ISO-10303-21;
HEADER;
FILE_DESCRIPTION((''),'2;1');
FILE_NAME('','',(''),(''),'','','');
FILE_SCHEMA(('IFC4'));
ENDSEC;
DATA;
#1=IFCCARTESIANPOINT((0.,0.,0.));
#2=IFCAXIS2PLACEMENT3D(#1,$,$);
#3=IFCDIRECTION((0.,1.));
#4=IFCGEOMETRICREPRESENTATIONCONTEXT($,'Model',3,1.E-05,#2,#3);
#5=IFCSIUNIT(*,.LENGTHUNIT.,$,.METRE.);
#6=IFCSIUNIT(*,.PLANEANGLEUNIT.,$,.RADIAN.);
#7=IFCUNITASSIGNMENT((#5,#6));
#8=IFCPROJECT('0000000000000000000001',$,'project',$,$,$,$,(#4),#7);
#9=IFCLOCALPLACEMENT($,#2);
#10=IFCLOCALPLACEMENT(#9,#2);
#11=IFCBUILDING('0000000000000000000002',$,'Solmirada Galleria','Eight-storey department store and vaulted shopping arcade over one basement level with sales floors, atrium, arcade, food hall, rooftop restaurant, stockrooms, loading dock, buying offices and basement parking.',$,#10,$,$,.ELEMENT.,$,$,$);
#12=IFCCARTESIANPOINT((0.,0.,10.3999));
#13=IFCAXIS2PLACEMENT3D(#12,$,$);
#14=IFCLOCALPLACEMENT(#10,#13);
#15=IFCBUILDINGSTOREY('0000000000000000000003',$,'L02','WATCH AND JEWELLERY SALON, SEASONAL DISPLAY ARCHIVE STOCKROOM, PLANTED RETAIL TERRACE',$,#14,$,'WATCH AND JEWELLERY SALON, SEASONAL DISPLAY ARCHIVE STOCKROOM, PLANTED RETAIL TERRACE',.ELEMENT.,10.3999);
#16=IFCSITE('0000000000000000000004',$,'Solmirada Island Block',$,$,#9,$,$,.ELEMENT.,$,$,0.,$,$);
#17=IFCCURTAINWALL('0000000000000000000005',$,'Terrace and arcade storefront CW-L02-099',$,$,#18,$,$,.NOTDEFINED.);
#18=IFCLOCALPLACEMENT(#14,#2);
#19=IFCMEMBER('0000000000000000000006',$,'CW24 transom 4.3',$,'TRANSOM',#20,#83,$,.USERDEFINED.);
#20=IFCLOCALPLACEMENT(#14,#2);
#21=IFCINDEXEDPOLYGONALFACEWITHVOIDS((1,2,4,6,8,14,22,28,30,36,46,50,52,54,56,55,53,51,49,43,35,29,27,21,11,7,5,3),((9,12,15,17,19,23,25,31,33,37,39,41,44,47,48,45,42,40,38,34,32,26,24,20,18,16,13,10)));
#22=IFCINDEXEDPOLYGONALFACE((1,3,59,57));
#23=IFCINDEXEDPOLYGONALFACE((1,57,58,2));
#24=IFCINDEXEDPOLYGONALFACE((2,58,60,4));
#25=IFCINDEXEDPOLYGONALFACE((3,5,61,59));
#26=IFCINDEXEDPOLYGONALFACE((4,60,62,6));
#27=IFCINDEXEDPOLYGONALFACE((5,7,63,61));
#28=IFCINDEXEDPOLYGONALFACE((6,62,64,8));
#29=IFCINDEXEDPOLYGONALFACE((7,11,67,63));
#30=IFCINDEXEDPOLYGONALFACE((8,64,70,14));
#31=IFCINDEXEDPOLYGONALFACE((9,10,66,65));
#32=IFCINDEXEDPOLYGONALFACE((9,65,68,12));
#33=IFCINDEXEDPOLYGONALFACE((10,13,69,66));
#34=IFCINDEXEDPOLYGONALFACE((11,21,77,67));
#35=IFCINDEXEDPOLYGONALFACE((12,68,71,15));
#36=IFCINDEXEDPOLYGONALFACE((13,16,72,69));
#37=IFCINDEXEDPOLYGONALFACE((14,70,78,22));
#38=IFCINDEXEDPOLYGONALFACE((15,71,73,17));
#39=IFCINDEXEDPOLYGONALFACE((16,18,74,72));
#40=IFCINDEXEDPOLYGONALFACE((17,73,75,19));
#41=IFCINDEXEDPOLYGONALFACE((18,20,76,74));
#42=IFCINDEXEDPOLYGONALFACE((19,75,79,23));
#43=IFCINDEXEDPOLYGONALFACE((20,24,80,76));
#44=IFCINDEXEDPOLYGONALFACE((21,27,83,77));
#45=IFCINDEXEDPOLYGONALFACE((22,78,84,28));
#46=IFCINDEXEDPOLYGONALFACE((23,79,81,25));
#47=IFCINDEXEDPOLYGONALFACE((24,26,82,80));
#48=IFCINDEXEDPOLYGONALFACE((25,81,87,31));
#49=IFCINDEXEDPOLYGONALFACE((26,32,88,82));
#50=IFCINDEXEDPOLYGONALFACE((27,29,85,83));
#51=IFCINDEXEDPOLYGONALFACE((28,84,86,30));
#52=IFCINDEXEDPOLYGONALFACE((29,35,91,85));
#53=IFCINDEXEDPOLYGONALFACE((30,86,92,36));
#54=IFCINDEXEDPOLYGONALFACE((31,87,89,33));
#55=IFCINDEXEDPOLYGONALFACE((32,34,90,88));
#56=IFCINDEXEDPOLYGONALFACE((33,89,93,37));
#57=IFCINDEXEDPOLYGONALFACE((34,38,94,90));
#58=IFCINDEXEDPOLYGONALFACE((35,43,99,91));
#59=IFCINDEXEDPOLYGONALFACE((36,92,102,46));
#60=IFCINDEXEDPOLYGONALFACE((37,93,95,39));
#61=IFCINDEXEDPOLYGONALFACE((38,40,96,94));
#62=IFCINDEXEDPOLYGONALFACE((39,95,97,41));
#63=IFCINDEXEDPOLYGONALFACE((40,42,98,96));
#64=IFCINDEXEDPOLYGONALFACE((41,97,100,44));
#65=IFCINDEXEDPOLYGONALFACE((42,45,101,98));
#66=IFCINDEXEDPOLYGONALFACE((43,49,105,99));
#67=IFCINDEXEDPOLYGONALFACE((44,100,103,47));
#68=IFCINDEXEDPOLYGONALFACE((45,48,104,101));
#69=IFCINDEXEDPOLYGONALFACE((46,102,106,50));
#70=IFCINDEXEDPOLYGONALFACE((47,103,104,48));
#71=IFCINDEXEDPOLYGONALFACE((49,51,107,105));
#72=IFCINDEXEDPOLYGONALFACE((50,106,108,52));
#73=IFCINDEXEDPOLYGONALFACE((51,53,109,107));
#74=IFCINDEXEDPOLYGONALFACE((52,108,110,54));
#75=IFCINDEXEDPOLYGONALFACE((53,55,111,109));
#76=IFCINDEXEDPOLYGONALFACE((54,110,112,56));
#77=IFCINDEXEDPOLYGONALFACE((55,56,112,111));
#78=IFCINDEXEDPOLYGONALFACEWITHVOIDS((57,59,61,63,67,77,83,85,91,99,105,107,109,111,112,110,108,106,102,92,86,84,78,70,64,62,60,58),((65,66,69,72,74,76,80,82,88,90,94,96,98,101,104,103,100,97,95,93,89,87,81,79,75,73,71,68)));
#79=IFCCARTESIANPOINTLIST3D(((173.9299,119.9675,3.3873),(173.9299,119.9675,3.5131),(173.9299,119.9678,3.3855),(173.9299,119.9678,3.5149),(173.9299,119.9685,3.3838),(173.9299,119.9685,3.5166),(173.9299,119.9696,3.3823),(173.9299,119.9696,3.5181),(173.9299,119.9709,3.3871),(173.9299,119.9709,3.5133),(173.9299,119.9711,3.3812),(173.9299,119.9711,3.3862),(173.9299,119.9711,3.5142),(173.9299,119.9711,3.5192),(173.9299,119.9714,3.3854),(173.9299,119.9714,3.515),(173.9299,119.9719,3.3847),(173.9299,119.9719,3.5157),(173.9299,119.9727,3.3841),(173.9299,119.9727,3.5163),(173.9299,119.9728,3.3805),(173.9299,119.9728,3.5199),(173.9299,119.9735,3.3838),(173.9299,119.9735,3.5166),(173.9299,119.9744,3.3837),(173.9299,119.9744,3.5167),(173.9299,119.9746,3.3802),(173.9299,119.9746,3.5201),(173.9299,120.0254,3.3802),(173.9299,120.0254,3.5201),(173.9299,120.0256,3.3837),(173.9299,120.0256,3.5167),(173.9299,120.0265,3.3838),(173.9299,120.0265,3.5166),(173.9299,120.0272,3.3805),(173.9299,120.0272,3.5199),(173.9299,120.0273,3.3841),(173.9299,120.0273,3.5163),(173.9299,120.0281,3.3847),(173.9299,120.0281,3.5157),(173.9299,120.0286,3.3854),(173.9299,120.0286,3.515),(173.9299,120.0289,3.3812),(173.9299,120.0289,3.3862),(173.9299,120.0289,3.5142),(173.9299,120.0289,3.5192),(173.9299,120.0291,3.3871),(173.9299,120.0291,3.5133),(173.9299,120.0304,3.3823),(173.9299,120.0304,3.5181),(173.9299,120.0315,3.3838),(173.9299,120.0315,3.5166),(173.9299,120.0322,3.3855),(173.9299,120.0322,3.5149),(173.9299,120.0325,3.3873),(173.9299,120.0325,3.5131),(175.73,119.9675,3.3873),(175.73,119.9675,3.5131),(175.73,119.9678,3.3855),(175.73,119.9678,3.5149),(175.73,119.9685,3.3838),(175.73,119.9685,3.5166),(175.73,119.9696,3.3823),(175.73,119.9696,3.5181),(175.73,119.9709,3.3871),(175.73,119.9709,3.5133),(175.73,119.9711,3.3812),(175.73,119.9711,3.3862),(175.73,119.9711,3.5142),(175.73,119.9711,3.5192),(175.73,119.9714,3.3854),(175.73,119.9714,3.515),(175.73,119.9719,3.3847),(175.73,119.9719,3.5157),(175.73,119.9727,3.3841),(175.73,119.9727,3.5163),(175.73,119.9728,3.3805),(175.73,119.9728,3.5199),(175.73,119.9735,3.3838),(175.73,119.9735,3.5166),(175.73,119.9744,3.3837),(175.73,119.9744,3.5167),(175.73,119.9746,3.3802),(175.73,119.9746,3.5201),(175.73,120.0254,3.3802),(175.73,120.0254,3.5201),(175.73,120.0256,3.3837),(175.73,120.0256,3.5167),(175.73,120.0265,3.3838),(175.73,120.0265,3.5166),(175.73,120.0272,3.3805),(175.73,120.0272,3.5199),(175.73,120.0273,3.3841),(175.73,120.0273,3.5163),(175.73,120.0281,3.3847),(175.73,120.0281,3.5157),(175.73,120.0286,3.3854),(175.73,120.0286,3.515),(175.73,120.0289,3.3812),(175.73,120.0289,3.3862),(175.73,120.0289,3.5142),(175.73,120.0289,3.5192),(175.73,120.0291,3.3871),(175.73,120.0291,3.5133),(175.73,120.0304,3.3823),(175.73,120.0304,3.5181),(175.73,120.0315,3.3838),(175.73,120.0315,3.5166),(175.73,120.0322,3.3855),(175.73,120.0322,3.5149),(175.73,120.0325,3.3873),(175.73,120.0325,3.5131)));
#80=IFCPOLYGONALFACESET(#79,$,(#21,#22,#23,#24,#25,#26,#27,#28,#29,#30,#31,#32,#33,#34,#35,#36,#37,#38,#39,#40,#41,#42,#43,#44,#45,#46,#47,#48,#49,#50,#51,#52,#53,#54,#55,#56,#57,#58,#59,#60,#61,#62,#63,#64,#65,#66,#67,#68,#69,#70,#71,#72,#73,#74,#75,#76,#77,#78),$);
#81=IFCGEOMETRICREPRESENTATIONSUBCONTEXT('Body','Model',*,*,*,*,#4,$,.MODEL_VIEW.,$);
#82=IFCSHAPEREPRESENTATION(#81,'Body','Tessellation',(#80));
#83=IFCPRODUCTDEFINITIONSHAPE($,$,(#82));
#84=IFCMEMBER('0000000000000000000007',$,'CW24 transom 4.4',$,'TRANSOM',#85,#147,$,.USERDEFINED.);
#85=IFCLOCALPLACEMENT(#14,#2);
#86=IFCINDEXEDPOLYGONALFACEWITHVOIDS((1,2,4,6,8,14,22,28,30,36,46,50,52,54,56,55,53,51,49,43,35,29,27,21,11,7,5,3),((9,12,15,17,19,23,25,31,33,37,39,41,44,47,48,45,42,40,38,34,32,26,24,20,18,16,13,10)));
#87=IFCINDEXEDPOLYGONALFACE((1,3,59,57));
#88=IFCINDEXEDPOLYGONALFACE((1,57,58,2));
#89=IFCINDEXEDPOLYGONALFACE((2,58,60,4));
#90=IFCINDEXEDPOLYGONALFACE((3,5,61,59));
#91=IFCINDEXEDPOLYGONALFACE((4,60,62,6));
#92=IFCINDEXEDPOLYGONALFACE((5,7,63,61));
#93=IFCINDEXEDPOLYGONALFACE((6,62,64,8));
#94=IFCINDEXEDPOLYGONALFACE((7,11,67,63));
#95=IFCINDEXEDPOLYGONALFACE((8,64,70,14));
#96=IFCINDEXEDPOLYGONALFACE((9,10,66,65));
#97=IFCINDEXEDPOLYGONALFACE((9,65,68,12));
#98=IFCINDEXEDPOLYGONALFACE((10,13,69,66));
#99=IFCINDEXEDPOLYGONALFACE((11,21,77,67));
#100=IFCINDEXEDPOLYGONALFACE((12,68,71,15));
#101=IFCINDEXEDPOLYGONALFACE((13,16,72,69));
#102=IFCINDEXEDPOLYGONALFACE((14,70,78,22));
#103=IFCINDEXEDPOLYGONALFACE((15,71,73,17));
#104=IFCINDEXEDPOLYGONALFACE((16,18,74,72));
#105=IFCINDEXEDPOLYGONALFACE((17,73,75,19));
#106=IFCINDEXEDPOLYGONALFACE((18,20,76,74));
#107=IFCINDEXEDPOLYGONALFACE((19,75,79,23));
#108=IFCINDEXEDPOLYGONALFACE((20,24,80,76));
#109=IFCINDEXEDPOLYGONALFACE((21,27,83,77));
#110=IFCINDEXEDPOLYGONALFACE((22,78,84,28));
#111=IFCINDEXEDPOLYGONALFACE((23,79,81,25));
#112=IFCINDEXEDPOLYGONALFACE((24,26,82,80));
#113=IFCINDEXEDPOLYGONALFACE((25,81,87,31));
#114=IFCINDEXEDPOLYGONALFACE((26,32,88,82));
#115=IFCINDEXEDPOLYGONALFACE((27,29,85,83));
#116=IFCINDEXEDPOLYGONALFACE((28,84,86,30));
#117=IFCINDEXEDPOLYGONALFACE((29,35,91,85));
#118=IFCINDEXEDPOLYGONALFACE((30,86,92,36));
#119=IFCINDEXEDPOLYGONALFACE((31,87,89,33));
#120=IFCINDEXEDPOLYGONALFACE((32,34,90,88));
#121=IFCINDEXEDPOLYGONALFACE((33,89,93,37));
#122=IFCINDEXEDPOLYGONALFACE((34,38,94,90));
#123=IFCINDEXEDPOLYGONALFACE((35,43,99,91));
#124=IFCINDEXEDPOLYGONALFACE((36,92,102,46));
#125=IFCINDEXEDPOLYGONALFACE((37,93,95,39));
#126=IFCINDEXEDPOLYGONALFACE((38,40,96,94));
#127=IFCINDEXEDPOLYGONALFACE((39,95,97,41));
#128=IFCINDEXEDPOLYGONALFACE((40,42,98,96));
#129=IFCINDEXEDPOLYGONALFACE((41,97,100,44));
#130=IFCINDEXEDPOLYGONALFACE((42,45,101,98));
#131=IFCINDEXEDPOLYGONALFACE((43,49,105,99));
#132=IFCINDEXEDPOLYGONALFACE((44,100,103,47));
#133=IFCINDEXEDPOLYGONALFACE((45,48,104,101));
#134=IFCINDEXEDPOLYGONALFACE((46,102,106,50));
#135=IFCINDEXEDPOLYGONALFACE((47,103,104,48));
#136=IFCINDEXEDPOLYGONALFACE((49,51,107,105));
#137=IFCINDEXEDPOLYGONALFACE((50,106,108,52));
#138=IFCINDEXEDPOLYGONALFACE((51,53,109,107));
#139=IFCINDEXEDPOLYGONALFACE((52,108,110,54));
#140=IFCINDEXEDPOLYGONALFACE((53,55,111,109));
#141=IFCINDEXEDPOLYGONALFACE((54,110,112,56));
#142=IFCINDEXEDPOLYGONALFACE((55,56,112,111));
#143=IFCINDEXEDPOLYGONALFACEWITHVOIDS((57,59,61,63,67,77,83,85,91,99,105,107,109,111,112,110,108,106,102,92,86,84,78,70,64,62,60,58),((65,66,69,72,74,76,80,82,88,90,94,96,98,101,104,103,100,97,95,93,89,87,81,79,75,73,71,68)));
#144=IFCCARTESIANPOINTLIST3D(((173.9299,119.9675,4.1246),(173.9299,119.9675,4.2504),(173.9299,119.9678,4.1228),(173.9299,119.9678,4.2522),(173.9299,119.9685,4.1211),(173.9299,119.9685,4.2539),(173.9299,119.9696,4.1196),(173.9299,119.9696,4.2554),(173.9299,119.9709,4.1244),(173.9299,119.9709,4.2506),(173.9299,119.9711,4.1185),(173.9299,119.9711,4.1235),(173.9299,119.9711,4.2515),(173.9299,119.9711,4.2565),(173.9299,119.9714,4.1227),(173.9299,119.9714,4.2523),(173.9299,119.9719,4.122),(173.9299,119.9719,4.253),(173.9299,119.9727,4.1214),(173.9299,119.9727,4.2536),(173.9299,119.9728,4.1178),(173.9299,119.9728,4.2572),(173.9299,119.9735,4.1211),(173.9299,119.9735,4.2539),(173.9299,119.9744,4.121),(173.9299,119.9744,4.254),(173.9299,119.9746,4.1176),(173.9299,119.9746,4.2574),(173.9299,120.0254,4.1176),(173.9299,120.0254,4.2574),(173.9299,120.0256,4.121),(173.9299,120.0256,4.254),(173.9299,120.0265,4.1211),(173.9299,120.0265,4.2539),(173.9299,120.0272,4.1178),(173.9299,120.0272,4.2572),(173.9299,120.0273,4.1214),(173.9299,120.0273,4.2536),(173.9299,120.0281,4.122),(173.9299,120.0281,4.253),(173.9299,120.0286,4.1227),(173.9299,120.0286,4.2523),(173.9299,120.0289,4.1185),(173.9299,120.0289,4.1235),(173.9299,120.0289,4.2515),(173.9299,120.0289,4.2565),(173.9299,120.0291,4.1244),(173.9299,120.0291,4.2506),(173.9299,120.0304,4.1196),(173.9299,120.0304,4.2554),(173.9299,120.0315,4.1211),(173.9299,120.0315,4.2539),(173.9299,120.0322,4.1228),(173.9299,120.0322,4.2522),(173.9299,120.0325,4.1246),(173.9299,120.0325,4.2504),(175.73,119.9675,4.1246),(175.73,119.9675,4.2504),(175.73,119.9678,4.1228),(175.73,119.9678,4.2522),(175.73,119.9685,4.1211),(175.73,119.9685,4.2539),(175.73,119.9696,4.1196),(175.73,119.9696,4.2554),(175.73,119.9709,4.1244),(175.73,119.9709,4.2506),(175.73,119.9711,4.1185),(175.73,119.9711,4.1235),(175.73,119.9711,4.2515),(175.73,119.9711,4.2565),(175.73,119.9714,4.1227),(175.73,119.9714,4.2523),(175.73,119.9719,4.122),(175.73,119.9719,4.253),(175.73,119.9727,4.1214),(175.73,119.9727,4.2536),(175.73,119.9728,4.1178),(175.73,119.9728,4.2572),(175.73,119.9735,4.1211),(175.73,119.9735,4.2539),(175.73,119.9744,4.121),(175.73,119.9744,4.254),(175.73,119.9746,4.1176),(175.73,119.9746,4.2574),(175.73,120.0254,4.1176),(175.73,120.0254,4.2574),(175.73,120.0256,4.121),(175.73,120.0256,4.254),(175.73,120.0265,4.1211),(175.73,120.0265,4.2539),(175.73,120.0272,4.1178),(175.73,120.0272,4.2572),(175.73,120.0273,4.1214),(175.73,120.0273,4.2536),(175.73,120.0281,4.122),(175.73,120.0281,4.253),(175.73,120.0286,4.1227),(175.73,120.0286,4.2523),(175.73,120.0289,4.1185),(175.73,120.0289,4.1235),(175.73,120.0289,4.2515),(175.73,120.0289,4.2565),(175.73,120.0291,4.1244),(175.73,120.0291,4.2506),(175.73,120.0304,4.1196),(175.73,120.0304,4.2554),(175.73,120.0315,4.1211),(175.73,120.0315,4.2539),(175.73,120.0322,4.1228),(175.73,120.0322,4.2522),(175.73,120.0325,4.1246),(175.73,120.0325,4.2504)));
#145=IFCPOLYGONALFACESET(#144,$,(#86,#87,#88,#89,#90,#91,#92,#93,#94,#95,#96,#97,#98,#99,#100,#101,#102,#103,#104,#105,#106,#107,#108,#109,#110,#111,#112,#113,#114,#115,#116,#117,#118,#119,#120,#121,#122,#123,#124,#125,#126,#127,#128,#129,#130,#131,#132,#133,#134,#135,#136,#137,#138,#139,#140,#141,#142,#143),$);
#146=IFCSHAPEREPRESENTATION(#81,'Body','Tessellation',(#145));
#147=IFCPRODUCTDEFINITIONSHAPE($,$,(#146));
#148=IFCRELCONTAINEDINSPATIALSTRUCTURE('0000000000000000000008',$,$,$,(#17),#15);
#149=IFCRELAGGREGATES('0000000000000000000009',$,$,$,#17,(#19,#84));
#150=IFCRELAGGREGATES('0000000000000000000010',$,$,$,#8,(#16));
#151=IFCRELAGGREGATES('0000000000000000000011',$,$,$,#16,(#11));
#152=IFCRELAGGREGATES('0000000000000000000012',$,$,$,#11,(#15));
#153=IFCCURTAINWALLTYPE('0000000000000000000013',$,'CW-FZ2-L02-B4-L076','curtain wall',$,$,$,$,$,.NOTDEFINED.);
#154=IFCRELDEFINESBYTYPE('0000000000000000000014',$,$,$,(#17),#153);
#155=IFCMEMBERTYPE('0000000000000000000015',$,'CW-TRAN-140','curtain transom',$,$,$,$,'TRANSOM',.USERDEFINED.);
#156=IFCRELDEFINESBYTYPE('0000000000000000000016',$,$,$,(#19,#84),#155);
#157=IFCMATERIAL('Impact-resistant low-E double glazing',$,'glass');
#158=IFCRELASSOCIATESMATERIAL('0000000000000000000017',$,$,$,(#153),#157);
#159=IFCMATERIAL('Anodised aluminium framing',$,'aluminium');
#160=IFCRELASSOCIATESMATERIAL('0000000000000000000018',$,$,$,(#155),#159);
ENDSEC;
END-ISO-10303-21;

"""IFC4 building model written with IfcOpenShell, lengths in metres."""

from ifc_helpers import new_model, si_unit, direction, frame, origin, origin_2d, place, context, subcontext, project, spatial, hollow_rectangle, extrude, material, material_profile, profile_set, type_object, element, aggregate, save


model = new_model("IFC4")

# Units and contexts
model_context = context("Model", 3, precision=1e-05, world=origin(), true_north=direction((0.0, 1.0)))
body_context = subcontext(model_context, "Body", "Model", "MODEL_VIEW")
ifc_project = project(units=[si_unit("LENGTHUNIT", "METRE"), si_unit("PLANEANGLEUNIT", "RADIAN")], contexts=[model_context])

# Site, building, storey
site_placement = place(None, origin())
site = spatial("IfcSite", under=ifc_project, at=site_placement, Name="Solmirada Island Block", CompositionType="ELEMENT", RefElevation=0.0)
building_placement = place(site_placement, origin())
building = spatial("IfcBuilding", under=site, at=building_placement, Name="Solmirada Galleria", Description="Eight-storey department store and vaulted shopping arcade over one basement level with sales floors, atrium, arcade, food hall, rooftop restaurant, stockrooms, loading dock, buying offices and basement parking.", CompositionType="ELEMENT")
storey_placement = place(building_placement, frame((0.0, 0.0, 10.3999)))
storey = spatial("IfcBuildingStorey", under=building, at=storey_placement, Name="L02", Description="WATCH AND JEWELLERY SALON, SEASONAL DISPLAY ARCHIVE STOCKROOM, PLANTED RETAIL TERRACE", LongName="WATCH AND JEWELLERY SALON, SEASONAL DISPLAY ARCHIVE STOCKROOM, PLANTED RETAIL TERRACE", CompositionType="ELEMENT", Elevation=10.3999)

# Curtain wall
ifc_material_1 = material(Name="Impact-resistant low-E double glazing", Category="glass")
curtain_wall_type = type_object("IfcCurtainWallType", Name="CW-FZ2-L02-B4-L076", Description="curtain wall", PredefinedType="NOTDEFINED", material=ifc_material_1)
curtain_wall_1_placement = place(storey_placement, origin())
curtain_wall_1 = element("IfcCurtainWall", 1, at=curtain_wall_1_placement, inside=storey, type_object=curtain_wall_type, Name="Terrace and arcade storefront CW-L02-099", PredefinedType="NOTDEFINED")
ifc_material_2 = material(Name="Anodised aluminium framing", Category="aluminium")

# Members
ifc_material_profile_1 = material_profile(ifc_material_2, hollow_rectangle(XDim=0.0649, YDim=0.1399, WallThickness=0.0034, InnerFilletRadius=0.0034, OuterFilletRadius=0.0071, at=origin_2d()), Name="ALU-TRAN-140X65")
ifc_profile_set_1 = profile_set([ifc_material_profile_1], Name="Anodised aluminium framing")
member_type_1 = type_object("IfcMemberType", Name="CW-TRAN-140", Description="curtain transom", ElementType="TRANSOM", PredefinedType="USERDEFINED", material=ifc_profile_set_1)
member_1_placement = place(storey_placement, frame((173.9299, 120.0, 3.4502), z_axis=(1.0, 0.0, 0.0), x_axis=(0.0, 1.0, 0.0)))
member_1 = element("IfcMember", 2, at=member_1_placement, type_object=member_type_1, Name="CW24 transom 4.3", ObjectType="TRANSOM", PredefinedType="USERDEFINED", context=body_context, shape_type="SweptSolid", body=[
    extrude(hollow_rectangle(XDim=0.0649, YDim=0.1399, WallThickness=0.0034, InnerFilletRadius=0.0034, OuterFilletRadius=0.0071, at=origin_2d()), origin(), (0.0, 0.0, 1.0), 1.8),
])
member_2_placement = place(storey_placement, frame((173.9299, 120.0, 4.1875), z_axis=(1.0, 0.0, 0.0), x_axis=(0.0, 1.0, 0.0)))
member_2 = element("IfcMember", 3, at=member_2_placement, type_object=member_type_1, Name="CW24 transom 4.4", ObjectType="TRANSOM", PredefinedType="USERDEFINED", context=body_context, shape_type="SweptSolid", body=[
    extrude(hollow_rectangle(XDim=0.0649, YDim=0.1399, WallThickness=0.0034, InnerFilletRadius=0.0034, OuterFilletRadius=0.0071, at=origin_2d()), origin(), (0.0, 0.0, 1.0), 1.8),
])

aggregate(curtain_wall_1, [member_1, member_2])

save(model, "model.ifc")
